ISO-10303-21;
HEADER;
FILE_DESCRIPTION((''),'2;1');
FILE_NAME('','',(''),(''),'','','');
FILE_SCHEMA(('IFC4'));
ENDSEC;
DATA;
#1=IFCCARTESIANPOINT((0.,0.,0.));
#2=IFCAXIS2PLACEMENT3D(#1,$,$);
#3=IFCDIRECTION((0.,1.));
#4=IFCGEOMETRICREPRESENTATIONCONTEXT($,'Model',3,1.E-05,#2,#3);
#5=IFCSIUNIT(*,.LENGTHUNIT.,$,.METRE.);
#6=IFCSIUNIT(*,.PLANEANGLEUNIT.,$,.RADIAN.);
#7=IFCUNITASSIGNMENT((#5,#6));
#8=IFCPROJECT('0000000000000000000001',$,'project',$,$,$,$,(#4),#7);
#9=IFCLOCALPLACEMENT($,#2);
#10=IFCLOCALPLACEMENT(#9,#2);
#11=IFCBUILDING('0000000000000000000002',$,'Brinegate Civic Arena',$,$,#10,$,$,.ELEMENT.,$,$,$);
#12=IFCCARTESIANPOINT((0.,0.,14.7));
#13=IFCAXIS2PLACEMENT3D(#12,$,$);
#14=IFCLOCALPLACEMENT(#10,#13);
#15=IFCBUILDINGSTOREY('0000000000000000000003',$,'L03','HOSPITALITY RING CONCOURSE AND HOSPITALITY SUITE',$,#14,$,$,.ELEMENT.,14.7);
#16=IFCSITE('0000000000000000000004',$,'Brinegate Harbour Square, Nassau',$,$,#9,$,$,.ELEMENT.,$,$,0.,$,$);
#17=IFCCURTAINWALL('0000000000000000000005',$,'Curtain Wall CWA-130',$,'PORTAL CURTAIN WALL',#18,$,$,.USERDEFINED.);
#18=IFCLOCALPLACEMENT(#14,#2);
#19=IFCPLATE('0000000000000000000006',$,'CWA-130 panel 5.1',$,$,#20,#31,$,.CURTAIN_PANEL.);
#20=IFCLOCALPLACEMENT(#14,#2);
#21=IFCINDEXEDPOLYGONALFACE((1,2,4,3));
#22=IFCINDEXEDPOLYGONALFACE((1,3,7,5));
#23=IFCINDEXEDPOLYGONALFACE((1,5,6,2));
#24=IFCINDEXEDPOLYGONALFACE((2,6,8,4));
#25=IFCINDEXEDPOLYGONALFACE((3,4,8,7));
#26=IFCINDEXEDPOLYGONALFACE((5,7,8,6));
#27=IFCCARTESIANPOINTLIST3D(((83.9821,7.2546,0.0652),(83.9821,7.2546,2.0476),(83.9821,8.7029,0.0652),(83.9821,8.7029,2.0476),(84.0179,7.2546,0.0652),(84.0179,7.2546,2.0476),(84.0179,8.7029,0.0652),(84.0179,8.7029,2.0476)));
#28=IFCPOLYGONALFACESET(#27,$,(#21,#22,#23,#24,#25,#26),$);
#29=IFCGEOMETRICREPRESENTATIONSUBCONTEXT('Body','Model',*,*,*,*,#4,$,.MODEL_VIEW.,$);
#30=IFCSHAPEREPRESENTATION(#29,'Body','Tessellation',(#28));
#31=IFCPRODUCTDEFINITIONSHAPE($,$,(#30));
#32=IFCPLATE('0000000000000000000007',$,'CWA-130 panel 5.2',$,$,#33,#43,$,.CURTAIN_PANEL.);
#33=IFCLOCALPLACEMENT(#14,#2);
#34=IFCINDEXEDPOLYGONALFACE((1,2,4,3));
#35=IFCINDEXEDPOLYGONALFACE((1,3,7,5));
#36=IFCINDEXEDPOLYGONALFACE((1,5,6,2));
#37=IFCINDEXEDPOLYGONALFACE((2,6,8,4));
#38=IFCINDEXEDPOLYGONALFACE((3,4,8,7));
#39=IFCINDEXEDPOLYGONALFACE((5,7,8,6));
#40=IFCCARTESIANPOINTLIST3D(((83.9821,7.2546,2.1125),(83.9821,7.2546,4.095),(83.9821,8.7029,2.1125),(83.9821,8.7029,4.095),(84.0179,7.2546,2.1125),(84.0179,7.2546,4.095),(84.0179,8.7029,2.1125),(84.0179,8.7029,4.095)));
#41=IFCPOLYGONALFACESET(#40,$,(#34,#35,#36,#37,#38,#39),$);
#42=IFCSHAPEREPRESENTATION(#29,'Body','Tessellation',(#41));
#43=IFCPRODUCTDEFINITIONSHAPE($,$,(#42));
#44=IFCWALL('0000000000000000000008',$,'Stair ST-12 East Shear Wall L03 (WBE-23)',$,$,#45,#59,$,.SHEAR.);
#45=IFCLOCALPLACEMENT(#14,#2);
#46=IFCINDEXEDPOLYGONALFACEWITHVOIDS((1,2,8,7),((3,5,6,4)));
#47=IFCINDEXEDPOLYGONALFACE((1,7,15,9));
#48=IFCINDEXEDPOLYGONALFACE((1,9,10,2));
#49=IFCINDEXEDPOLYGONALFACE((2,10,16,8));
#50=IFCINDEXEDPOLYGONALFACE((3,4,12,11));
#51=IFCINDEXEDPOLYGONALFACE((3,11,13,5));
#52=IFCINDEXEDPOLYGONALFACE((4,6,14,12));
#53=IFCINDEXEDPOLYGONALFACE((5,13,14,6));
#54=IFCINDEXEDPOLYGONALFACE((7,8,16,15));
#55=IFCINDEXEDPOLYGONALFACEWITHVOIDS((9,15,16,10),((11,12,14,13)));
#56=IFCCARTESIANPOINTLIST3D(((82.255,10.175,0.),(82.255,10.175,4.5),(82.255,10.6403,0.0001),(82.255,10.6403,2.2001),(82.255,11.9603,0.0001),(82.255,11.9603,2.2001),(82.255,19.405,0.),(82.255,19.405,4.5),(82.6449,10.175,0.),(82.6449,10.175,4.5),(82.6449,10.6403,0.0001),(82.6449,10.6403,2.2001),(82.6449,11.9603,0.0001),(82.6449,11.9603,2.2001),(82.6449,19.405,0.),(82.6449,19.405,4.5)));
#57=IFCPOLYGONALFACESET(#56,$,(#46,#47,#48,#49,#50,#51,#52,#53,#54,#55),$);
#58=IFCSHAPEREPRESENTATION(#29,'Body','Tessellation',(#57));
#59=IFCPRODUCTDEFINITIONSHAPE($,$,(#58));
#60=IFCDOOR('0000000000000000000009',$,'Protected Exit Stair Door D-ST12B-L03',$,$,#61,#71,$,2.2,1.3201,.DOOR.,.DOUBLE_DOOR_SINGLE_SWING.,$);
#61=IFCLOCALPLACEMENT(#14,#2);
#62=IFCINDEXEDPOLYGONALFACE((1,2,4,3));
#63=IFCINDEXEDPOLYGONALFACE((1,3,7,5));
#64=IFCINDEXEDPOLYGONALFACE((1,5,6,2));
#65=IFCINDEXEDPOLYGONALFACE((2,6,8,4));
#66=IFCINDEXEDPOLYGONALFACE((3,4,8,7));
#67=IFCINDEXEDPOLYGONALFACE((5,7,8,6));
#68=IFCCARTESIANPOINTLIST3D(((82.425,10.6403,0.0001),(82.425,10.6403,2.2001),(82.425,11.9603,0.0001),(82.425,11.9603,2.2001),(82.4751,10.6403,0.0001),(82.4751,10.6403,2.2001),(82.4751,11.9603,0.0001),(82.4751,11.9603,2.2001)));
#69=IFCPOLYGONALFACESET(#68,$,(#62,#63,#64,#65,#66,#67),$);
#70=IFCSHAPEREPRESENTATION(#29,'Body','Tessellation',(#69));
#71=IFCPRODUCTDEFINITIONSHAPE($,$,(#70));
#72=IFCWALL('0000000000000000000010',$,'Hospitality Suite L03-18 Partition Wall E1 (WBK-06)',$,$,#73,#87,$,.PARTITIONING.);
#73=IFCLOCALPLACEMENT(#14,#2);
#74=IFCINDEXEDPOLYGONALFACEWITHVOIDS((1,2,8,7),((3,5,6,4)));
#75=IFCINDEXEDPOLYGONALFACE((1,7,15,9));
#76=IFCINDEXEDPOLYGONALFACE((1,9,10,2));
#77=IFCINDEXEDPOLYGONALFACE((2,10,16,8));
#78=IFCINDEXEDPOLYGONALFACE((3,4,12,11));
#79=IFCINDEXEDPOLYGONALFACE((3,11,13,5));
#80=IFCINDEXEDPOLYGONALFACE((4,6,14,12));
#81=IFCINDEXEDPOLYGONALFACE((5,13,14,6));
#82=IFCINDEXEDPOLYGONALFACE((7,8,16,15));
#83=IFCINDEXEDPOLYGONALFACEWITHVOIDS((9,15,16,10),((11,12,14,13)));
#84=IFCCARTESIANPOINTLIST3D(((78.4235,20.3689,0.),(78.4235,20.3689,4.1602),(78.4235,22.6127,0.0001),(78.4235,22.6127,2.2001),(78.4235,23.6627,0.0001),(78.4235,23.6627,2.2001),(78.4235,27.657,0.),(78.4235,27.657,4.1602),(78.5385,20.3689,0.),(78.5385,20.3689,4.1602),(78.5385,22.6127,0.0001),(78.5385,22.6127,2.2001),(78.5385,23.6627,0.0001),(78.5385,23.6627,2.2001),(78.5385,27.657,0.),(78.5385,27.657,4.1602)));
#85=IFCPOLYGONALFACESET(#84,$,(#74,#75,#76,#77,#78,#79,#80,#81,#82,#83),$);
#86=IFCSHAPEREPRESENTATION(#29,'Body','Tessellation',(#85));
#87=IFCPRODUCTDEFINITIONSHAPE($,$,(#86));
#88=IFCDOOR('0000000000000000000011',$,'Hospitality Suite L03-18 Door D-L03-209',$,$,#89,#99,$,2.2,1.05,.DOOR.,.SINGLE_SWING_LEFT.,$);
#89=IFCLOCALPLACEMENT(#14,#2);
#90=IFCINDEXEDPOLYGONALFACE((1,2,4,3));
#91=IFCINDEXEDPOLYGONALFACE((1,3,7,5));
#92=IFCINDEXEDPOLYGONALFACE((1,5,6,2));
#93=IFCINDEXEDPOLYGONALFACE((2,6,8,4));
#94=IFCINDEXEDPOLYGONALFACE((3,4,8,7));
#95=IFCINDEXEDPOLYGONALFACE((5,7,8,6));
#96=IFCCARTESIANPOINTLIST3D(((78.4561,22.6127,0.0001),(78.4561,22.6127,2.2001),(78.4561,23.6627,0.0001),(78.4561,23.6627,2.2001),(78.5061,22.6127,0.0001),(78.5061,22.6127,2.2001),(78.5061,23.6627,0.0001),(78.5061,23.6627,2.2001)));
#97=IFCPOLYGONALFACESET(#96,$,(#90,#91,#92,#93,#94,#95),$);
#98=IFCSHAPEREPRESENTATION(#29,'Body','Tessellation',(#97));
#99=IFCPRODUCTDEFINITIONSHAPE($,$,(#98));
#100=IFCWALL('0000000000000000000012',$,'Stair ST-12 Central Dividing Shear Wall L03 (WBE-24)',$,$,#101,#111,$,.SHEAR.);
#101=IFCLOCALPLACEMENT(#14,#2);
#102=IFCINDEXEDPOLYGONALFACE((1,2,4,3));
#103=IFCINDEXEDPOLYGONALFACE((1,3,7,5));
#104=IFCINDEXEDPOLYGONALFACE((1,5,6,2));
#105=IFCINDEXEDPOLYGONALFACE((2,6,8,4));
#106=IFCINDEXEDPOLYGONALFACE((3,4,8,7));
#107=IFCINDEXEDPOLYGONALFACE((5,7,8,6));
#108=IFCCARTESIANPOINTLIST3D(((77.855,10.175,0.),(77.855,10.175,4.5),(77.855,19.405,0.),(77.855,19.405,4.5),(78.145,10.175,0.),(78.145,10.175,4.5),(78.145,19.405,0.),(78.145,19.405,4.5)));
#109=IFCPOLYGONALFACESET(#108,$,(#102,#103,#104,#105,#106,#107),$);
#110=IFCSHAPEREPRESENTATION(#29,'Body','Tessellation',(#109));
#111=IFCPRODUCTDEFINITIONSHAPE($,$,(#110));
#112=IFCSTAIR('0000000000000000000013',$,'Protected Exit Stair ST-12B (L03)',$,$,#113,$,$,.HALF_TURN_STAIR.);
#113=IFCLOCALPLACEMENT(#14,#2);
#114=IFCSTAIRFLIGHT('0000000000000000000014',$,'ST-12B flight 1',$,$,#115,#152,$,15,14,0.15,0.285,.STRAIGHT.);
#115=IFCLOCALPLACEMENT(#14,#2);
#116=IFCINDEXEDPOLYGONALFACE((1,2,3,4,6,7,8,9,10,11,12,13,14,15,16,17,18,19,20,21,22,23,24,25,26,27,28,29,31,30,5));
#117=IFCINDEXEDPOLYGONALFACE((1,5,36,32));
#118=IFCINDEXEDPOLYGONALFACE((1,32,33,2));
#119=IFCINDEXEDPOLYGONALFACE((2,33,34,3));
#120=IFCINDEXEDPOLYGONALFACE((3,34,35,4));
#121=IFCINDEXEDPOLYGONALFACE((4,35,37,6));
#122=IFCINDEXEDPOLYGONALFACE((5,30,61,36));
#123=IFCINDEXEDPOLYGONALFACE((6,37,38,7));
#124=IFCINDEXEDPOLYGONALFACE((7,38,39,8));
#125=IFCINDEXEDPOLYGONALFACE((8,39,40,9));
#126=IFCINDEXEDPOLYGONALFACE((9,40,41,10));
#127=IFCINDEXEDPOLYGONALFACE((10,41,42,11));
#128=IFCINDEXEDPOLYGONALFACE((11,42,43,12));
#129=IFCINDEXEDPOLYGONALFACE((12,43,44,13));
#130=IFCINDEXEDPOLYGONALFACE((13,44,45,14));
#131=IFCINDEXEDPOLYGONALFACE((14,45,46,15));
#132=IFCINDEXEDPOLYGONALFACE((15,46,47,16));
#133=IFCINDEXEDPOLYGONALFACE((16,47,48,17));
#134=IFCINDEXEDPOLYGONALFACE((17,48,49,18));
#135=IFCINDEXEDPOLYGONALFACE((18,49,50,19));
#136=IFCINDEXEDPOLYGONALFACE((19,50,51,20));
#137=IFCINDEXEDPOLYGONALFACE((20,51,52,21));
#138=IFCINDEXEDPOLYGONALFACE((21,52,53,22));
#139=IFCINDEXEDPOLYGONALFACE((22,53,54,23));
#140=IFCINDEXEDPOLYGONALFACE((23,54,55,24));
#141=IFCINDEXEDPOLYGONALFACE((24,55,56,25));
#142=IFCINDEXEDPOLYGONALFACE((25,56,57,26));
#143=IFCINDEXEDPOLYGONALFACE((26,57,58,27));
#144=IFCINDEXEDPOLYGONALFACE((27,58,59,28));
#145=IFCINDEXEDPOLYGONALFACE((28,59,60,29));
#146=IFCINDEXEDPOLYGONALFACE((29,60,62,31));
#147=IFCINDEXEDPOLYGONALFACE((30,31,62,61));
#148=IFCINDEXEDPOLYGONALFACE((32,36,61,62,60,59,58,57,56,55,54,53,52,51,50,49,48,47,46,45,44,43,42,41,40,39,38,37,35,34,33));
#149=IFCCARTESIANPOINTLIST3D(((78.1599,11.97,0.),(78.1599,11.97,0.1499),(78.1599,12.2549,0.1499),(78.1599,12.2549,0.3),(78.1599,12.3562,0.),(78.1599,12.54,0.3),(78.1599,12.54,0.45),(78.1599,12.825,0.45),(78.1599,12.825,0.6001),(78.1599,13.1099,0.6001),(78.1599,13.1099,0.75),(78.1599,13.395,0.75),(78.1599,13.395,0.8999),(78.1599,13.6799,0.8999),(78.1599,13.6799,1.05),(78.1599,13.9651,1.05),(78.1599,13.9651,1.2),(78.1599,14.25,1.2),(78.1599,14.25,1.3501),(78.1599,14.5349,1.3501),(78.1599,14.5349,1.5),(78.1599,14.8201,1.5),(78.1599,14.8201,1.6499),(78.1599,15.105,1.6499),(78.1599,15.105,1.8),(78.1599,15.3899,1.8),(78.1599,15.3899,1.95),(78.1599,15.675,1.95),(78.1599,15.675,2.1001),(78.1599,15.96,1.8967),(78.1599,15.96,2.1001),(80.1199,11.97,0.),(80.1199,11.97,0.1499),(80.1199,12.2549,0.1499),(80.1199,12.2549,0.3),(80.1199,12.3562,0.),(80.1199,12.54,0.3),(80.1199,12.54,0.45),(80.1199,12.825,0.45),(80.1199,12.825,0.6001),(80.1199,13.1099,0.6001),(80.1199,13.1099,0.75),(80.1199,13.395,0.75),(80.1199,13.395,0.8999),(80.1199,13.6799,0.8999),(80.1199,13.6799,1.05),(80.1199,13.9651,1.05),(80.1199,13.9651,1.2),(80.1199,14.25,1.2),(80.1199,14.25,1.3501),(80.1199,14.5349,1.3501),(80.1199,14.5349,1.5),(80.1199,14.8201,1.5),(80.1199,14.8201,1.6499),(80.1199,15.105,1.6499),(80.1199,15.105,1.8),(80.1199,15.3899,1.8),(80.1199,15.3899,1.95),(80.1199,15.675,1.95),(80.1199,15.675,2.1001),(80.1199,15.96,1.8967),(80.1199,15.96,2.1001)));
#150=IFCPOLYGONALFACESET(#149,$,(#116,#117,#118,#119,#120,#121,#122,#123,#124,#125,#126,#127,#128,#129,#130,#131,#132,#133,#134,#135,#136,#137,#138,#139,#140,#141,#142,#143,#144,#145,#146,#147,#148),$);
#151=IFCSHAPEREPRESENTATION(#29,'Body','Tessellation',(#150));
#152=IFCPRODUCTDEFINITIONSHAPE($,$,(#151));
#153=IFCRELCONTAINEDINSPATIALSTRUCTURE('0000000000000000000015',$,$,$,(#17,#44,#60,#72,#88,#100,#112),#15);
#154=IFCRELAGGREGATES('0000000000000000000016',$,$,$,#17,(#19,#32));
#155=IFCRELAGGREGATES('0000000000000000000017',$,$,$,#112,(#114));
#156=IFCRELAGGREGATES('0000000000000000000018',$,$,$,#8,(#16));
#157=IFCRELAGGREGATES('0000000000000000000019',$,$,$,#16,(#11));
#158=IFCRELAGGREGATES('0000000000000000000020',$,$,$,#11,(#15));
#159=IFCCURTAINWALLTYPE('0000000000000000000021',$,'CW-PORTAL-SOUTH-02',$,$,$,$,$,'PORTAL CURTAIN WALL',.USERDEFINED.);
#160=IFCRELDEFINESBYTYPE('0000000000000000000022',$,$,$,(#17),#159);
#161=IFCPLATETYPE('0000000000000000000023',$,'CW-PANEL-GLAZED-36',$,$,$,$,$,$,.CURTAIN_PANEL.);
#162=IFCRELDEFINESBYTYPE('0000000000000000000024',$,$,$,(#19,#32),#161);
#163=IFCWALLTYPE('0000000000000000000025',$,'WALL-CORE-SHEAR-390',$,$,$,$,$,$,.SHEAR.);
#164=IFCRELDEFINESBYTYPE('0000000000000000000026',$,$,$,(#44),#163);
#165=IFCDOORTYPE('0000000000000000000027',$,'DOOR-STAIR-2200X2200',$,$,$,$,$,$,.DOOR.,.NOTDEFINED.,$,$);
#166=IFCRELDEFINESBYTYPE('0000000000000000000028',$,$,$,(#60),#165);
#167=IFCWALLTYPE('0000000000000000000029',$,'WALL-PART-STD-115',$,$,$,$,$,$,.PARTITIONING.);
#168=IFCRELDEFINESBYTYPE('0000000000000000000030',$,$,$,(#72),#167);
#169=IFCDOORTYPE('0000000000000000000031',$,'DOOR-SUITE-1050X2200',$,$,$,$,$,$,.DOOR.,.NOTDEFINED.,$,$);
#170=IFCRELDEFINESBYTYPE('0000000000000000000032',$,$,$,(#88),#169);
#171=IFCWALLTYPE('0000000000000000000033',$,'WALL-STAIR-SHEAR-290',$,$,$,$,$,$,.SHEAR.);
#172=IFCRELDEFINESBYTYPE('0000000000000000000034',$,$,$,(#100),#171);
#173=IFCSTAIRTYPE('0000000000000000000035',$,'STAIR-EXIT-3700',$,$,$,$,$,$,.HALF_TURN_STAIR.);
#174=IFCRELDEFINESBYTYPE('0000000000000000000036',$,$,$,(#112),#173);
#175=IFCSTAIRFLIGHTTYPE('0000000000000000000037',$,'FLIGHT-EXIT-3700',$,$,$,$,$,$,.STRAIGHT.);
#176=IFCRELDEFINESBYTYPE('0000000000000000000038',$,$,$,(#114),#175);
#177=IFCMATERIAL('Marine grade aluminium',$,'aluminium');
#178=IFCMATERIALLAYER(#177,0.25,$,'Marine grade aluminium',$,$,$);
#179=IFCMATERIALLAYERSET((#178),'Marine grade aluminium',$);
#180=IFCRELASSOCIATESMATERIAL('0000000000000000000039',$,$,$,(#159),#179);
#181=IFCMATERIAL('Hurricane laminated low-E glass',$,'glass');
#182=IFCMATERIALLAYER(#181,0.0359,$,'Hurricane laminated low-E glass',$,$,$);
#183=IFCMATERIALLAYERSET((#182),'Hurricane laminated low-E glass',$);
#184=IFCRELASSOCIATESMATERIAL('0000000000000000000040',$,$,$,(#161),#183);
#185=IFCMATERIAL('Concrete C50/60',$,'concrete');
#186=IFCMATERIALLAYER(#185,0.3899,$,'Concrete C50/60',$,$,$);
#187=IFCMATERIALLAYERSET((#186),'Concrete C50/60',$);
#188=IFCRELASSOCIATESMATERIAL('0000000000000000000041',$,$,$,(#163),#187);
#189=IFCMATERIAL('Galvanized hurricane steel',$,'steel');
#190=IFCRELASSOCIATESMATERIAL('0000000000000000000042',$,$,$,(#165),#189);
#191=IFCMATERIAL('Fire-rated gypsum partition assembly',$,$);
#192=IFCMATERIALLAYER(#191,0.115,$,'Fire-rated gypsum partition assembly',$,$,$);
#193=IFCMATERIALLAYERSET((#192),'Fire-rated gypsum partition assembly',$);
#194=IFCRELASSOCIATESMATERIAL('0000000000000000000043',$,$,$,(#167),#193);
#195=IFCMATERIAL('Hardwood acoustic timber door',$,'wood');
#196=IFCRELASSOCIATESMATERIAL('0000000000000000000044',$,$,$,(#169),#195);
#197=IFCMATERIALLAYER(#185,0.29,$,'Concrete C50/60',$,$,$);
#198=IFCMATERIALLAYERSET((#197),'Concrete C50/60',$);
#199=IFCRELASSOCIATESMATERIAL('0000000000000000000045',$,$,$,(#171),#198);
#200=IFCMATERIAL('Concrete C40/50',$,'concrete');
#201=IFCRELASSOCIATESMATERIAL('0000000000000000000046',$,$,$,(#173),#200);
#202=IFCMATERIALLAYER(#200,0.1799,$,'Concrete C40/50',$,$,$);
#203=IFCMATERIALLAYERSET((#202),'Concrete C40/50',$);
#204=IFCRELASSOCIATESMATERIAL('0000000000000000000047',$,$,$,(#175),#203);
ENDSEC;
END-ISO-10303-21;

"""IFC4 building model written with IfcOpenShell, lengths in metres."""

from ifc_helpers import new_model, si_unit, direction, frame, frame_2d, origin, origin_2d, place, context, subcontext, project, spatial, polyline, rectangle, outline, extrude, material, layer, layer_set, type_object, element, fill, aggregate, save


model = new_model("IFC4")

# Units and contexts
model_context = context("Model", 3, precision=1e-05, world=origin(), true_north=direction((0.0, 1.0)))
body_context = subcontext(model_context, "Body", "Model", "MODEL_VIEW")
ifc_project = project(units=[si_unit("LENGTHUNIT", "METRE"), si_unit("PLANEANGLEUNIT", "RADIAN")], contexts=[model_context])

# Site, building, storey
site_placement = place(None, origin())
site = spatial("IfcSite", under=ifc_project, at=site_placement, Name="Brinegate Harbour Square, Nassau", CompositionType="ELEMENT", RefElevation=0.0)
building_placement = place(site_placement, origin())
building = spatial("IfcBuilding", under=site, at=building_placement, Name="Brinegate Civic Arena", CompositionType="ELEMENT")
storey_placement = place(building_placement, frame((0.0, 0.0, 14.7)))
storey = spatial("IfcBuildingStorey", under=building, at=storey_placement, Name="L03", Description="HOSPITALITY RING CONCOURSE AND HOSPITALITY SUITE", CompositionType="ELEMENT", Elevation=14.7)

# Shared definitions
ifc_material_1 = material(Name="Concrete C50/60", Category="concrete")

# Curtain wall
ifc_material_2 = material(Name="Marine grade aluminium", Category="aluminium")
ifc_layer_1 = layer(ifc_material_2, 0.25, Name="Marine grade aluminium")
ifc_layer_set_1 = layer_set([ifc_layer_1], Name="Marine grade aluminium")
curtain_wall_type = type_object("IfcCurtainWallType", Name="CW-PORTAL-SOUTH-02", ElementType="PORTAL CURTAIN WALL", PredefinedType="USERDEFINED", material=ifc_layer_set_1)
curtain_wall_placement = place(storey_placement, origin())
curtain_wall = element("IfcCurtainWall", 1, at=curtain_wall_placement, inside=storey, type_object=curtain_wall_type, Name="Curtain Wall CWA-130", ObjectType="PORTAL CURTAIN WALL", PredefinedType="USERDEFINED")

# Plates
ifc_material_3 = material(Name="Hurricane laminated low-E glass", Category="glass")
ifc_layer_2 = layer(ifc_material_3, 0.0359, Name="Hurricane laminated low-E glass")
ifc_layer_set_2 = layer_set([ifc_layer_2], Name="Hurricane laminated low-E glass")
plate_type = type_object("IfcPlateType", Name="CW-PANEL-GLAZED-36", PredefinedType="CURTAIN_PANEL", material=ifc_layer_set_2)
plate_1_placement = place(storey_placement, frame((84.0, 7.9788, 0.0652), z_axis=(0.0, 0.0, 1.0), x_axis=(0.0, 1.0, 0.0)))
plate_1 = element("IfcPlate", 2, at=plate_1_placement, type_object=plate_type, Name="CWA-130 panel 5.1", PredefinedType="CURTAIN_PANEL", context=body_context, shape_type="SweptSolid", body=[
    extrude(rectangle(XDim=1.4482, YDim=0.0359, at=origin_2d()), origin(), (0.0, 0.0, 1.0), 1.9824),
])
plate_2_placement = place(storey_placement, frame((84.0, 7.9788, 2.1125), z_axis=(0.0, 0.0, 1.0), x_axis=(0.0, 1.0, 0.0)))
plate_2 = element("IfcPlate", 3, at=plate_2_placement, type_object=plate_type, Name="CWA-130 panel 5.2", PredefinedType="CURTAIN_PANEL", context=body_context, shape_type="SweptSolid", body=[
    extrude(rectangle(XDim=1.4482, YDim=0.0359, at=origin_2d()), origin(), (0.0, 0.0, 1.0), 1.9824),
])
aggregate(curtain_wall, [plate_1, plate_2])

# Walls, openings, doors
ifc_layer_3 = layer(ifc_material_1, 0.3899, Name="Concrete C50/60")
ifc_layer_set_3 = layer_set([ifc_layer_3], Name="Concrete C50/60")
wall_type_1 = type_object("IfcWallType", Name="WALL-CORE-SHEAR-390", PredefinedType="SHEAR", material=ifc_layer_set_3)
wall_1_placement = place(storey_placement, frame((82.45, 10.175, 0.0), z_axis=(0.0, 0.0, 1.0), x_axis=(0.0, 1.0, 0.0)))
wall_1 = element("IfcWall", 4, at=wall_1_placement, inside=storey, type_object=wall_type_1, Name="Stair ST-12 East Shear Wall L03 (WBE-23)", PredefinedType="SHEAR", context=body_context, shape_type="SweptSolid", body=[
    extrude(rectangle(XDim=9.23, YDim=0.3899, at=frame_2d((4.615, 0.0))), origin(), (0.0, 0.0, 1.0), 4.5),
])
opening_1_placement = place(wall_1_placement, frame((0.4651, 0.0, 0.0)))
opening_1 = element("IfcOpeningElement", 5, at=opening_1_placement, cuts=wall_1, PredefinedType="OPENING", context=body_context, shape_type="SweptSolid", body=[
    extrude(rectangle(XDim=1.3201, YDim=2.2, at=frame_2d((0.6602, 1.1001))), frame((0.0, 0.2048, 0.0), z_axis=(0.0, -1.0, 0.0), x_axis=(1.0, 0.0, 0.0)), (0.0, 0.0, 1.0), 0.4099),
])
ifc_material_4 = material(Name="Galvanized hurricane steel", Category="steel")
door_type_1 = type_object("IfcDoorType", Name="DOOR-STAIR-2200X2200", OperationType="NOTDEFINED", PredefinedType="DOOR", material=ifc_material_4)
door_1_placement = place(opening_1_placement, origin())
door_1 = element("IfcDoor", 6, at=door_1_placement, inside=storey, type_object=door_type_1, Name="Protected Exit Stair Door D-ST12B-L03", OperationType="DOUBLE_DOOR_SINGLE_SWING", OverallHeight=2.2, OverallWidth=1.3201, PredefinedType="DOOR", context=body_context, shape_type="SweptSolid", body=[
    extrude(rectangle(XDim=1.3201, YDim=2.2, at=frame_2d((0.6602, 1.1001))), frame((0.0, 0.0249, 0.0), z_axis=(0.0, -1.0, 0.0), x_axis=(1.0, 0.0, 0.0)), (0.0, 0.0, 1.0), 0.05),
])
fill(opening_1, door_1)
ifc_material_5 = material(Name="Fire-rated gypsum partition assembly")
ifc_layer_4 = layer(ifc_material_5, 0.115, Name="Fire-rated gypsum partition assembly")
ifc_layer_set_4 = layer_set([ifc_layer_4], Name="Fire-rated gypsum partition assembly")
wall_type_2 = type_object("IfcWallType", Name="WALL-PART-STD-115", PredefinedType="PARTITIONING", material=ifc_layer_set_4)
wall_2_placement = place(storey_placement, frame((78.481, 20.3689, 0.0), z_axis=(0.0, 0.0, 1.0), x_axis=(0.0, 1.0, 0.0)))
wall_2 = element("IfcWall", 7, at=wall_2_placement, inside=storey, type_object=wall_type_2, Name="Hospitality Suite L03-18 Partition Wall E1 (WBK-06)", PredefinedType="PARTITIONING", context=body_context, shape_type="SweptSolid", body=[
    extrude(rectangle(XDim=7.2881, YDim=0.115, at=frame_2d((3.644, 0.0))), origin(), (0.0, 0.0, 1.0), 4.1602),
])
opening_2_placement = place(wall_2_placement, frame((2.2439, 0.0, 0.0)))
opening_2 = element("IfcOpeningElement", 8, at=opening_2_placement, cuts=wall_2, PredefinedType="OPENING", context=body_context, shape_type="SweptSolid", body=[
    extrude(rectangle(XDim=1.05, YDim=2.2, at=frame_2d((0.5249, 1.1001))), frame((0.0, 0.0674, 0.0), z_axis=(0.0, -1.0, 0.0), x_axis=(1.0, 0.0, 0.0)), (0.0, 0.0, 1.0), 0.135),
])
ifc_material_6 = material(Name="Hardwood acoustic timber door", Category="wood")
door_type_2 = type_object("IfcDoorType", Name="DOOR-SUITE-1050X2200", OperationType="NOTDEFINED", PredefinedType="DOOR", material=ifc_material_6)
door_2_placement = place(opening_2_placement, origin())
door_2 = element("IfcDoor", 9, at=door_2_placement, inside=storey, type_object=door_type_2, Name="Hospitality Suite L03-18 Door D-L03-209", OperationType="SINGLE_SWING_LEFT", OverallHeight=2.2, OverallWidth=1.05, PredefinedType="DOOR", context=body_context, shape_type="SweptSolid", body=[
    extrude(rectangle(XDim=1.05, YDim=2.2, at=frame_2d((0.5249, 1.1001))), frame((0.0, 0.0249, 0.0), z_axis=(0.0, -1.0, 0.0), x_axis=(1.0, 0.0, 0.0)), (0.0, 0.0, 1.0), 0.05),
])
fill(opening_2, door_2)

# Wall
ifc_layer_5 = layer(ifc_material_1, 0.29, Name="Concrete C50/60")
ifc_layer_set_5 = layer_set([ifc_layer_5], Name="Concrete C50/60")
wall_type_3 = type_object("IfcWallType", Name="WALL-STAIR-SHEAR-290", PredefinedType="SHEAR", material=ifc_layer_set_5)
wall_3_placement = place(storey_placement, frame((78.0, 10.175, 0.0), z_axis=(0.0, 0.0, 1.0), x_axis=(0.0, 1.0, 0.0)))
element("IfcWall", 10, at=wall_3_placement, inside=storey, type_object=wall_type_3, Name="Stair ST-12 Central Dividing Shear Wall L03 (WBE-24)", PredefinedType="SHEAR", context=body_context, shape_type="SweptSolid", body=[
    extrude(rectangle(XDim=9.23, YDim=0.29, at=frame_2d((4.615, 0.0))), origin(), (0.0, 0.0, 1.0), 4.5),
])

# Stair, stair flight
ifc_material_7 = material(Name="Concrete C40/50", Category="concrete")
stair_type_1 = type_object("IfcStairType", Name="STAIR-EXIT-3700", PredefinedType="HALF_TURN_STAIR", material=ifc_material_7)
stair_1_placement = place(storey_placement, origin())
stair_1 = element("IfcStair", 11, at=stair_1_placement, inside=storey, type_object=stair_type_1, Name="Protected Exit Stair ST-12B (L03)", PredefinedType="HALF_TURN_STAIR")
ifc_layer_6 = layer(ifc_material_7, 0.1799, Name="Concrete C40/50")
ifc_layer_set_6 = layer_set([ifc_layer_6], Name="Concrete C40/50")
stair_flight_type_1 = type_object("IfcStairFlightType", Name="FLIGHT-EXIT-3700", PredefinedType="STRAIGHT", material=ifc_layer_set_6)
stair_flight_1_placement = place(storey_placement, frame((79.1399, 11.97, 0.0), z_axis=(0.0, 0.0, 1.0), x_axis=(0.0, 1.0, 0.0)))
stair_flight_1 = element("IfcStairFlight", 12, at=stair_flight_1_placement, type_object=stair_flight_type_1, Name="ST-12B flight 1", NumberOfRisers=15, NumberOfTreads=14, PredefinedType="STRAIGHT", RiserHeight=0.15, TreadLength=0.285, context=body_context, shape_type="SweptSolid", body=[
    extrude(outline(polyline([(0.0, 0.0), (0.0, 0.1499), (0.2849, 0.1499), (0.2849, 0.3), (0.5701, 0.3), (0.5701, 0.45), (0.855, 0.45), (0.855, 0.6001), (1.1399, 0.6001), (1.1399, 0.75), (1.425, 0.75), (1.425, 0.8999), (1.71, 0.8999), (1.71, 1.05), (1.9951, 1.05), (1.9951, 1.2), (2.28, 1.2), (2.28, 1.3501), (2.5649, 1.3501), (2.5649, 1.5), (2.8501, 1.5), (2.8501, 1.6499), (3.135, 1.6499), (3.135, 1.8), (3.4199, 1.8), (3.4199, 1.95), (3.7051, 1.95), (3.7051, 2.1001), (3.99, 2.1001), (3.99, 2.25), (3.99, 1.8967), (0.3862, 0.0), (0.0, 0.0)])), frame((0.0, 0.98, 0.0), z_axis=(0.0, -1.0, 0.0), x_axis=(1.0, 0.0, 0.0)), (0.0, 0.0, 1.0), 1.96),
])
aggregate(stair_1, [stair_flight_1])

save(model, "model.ifc")
